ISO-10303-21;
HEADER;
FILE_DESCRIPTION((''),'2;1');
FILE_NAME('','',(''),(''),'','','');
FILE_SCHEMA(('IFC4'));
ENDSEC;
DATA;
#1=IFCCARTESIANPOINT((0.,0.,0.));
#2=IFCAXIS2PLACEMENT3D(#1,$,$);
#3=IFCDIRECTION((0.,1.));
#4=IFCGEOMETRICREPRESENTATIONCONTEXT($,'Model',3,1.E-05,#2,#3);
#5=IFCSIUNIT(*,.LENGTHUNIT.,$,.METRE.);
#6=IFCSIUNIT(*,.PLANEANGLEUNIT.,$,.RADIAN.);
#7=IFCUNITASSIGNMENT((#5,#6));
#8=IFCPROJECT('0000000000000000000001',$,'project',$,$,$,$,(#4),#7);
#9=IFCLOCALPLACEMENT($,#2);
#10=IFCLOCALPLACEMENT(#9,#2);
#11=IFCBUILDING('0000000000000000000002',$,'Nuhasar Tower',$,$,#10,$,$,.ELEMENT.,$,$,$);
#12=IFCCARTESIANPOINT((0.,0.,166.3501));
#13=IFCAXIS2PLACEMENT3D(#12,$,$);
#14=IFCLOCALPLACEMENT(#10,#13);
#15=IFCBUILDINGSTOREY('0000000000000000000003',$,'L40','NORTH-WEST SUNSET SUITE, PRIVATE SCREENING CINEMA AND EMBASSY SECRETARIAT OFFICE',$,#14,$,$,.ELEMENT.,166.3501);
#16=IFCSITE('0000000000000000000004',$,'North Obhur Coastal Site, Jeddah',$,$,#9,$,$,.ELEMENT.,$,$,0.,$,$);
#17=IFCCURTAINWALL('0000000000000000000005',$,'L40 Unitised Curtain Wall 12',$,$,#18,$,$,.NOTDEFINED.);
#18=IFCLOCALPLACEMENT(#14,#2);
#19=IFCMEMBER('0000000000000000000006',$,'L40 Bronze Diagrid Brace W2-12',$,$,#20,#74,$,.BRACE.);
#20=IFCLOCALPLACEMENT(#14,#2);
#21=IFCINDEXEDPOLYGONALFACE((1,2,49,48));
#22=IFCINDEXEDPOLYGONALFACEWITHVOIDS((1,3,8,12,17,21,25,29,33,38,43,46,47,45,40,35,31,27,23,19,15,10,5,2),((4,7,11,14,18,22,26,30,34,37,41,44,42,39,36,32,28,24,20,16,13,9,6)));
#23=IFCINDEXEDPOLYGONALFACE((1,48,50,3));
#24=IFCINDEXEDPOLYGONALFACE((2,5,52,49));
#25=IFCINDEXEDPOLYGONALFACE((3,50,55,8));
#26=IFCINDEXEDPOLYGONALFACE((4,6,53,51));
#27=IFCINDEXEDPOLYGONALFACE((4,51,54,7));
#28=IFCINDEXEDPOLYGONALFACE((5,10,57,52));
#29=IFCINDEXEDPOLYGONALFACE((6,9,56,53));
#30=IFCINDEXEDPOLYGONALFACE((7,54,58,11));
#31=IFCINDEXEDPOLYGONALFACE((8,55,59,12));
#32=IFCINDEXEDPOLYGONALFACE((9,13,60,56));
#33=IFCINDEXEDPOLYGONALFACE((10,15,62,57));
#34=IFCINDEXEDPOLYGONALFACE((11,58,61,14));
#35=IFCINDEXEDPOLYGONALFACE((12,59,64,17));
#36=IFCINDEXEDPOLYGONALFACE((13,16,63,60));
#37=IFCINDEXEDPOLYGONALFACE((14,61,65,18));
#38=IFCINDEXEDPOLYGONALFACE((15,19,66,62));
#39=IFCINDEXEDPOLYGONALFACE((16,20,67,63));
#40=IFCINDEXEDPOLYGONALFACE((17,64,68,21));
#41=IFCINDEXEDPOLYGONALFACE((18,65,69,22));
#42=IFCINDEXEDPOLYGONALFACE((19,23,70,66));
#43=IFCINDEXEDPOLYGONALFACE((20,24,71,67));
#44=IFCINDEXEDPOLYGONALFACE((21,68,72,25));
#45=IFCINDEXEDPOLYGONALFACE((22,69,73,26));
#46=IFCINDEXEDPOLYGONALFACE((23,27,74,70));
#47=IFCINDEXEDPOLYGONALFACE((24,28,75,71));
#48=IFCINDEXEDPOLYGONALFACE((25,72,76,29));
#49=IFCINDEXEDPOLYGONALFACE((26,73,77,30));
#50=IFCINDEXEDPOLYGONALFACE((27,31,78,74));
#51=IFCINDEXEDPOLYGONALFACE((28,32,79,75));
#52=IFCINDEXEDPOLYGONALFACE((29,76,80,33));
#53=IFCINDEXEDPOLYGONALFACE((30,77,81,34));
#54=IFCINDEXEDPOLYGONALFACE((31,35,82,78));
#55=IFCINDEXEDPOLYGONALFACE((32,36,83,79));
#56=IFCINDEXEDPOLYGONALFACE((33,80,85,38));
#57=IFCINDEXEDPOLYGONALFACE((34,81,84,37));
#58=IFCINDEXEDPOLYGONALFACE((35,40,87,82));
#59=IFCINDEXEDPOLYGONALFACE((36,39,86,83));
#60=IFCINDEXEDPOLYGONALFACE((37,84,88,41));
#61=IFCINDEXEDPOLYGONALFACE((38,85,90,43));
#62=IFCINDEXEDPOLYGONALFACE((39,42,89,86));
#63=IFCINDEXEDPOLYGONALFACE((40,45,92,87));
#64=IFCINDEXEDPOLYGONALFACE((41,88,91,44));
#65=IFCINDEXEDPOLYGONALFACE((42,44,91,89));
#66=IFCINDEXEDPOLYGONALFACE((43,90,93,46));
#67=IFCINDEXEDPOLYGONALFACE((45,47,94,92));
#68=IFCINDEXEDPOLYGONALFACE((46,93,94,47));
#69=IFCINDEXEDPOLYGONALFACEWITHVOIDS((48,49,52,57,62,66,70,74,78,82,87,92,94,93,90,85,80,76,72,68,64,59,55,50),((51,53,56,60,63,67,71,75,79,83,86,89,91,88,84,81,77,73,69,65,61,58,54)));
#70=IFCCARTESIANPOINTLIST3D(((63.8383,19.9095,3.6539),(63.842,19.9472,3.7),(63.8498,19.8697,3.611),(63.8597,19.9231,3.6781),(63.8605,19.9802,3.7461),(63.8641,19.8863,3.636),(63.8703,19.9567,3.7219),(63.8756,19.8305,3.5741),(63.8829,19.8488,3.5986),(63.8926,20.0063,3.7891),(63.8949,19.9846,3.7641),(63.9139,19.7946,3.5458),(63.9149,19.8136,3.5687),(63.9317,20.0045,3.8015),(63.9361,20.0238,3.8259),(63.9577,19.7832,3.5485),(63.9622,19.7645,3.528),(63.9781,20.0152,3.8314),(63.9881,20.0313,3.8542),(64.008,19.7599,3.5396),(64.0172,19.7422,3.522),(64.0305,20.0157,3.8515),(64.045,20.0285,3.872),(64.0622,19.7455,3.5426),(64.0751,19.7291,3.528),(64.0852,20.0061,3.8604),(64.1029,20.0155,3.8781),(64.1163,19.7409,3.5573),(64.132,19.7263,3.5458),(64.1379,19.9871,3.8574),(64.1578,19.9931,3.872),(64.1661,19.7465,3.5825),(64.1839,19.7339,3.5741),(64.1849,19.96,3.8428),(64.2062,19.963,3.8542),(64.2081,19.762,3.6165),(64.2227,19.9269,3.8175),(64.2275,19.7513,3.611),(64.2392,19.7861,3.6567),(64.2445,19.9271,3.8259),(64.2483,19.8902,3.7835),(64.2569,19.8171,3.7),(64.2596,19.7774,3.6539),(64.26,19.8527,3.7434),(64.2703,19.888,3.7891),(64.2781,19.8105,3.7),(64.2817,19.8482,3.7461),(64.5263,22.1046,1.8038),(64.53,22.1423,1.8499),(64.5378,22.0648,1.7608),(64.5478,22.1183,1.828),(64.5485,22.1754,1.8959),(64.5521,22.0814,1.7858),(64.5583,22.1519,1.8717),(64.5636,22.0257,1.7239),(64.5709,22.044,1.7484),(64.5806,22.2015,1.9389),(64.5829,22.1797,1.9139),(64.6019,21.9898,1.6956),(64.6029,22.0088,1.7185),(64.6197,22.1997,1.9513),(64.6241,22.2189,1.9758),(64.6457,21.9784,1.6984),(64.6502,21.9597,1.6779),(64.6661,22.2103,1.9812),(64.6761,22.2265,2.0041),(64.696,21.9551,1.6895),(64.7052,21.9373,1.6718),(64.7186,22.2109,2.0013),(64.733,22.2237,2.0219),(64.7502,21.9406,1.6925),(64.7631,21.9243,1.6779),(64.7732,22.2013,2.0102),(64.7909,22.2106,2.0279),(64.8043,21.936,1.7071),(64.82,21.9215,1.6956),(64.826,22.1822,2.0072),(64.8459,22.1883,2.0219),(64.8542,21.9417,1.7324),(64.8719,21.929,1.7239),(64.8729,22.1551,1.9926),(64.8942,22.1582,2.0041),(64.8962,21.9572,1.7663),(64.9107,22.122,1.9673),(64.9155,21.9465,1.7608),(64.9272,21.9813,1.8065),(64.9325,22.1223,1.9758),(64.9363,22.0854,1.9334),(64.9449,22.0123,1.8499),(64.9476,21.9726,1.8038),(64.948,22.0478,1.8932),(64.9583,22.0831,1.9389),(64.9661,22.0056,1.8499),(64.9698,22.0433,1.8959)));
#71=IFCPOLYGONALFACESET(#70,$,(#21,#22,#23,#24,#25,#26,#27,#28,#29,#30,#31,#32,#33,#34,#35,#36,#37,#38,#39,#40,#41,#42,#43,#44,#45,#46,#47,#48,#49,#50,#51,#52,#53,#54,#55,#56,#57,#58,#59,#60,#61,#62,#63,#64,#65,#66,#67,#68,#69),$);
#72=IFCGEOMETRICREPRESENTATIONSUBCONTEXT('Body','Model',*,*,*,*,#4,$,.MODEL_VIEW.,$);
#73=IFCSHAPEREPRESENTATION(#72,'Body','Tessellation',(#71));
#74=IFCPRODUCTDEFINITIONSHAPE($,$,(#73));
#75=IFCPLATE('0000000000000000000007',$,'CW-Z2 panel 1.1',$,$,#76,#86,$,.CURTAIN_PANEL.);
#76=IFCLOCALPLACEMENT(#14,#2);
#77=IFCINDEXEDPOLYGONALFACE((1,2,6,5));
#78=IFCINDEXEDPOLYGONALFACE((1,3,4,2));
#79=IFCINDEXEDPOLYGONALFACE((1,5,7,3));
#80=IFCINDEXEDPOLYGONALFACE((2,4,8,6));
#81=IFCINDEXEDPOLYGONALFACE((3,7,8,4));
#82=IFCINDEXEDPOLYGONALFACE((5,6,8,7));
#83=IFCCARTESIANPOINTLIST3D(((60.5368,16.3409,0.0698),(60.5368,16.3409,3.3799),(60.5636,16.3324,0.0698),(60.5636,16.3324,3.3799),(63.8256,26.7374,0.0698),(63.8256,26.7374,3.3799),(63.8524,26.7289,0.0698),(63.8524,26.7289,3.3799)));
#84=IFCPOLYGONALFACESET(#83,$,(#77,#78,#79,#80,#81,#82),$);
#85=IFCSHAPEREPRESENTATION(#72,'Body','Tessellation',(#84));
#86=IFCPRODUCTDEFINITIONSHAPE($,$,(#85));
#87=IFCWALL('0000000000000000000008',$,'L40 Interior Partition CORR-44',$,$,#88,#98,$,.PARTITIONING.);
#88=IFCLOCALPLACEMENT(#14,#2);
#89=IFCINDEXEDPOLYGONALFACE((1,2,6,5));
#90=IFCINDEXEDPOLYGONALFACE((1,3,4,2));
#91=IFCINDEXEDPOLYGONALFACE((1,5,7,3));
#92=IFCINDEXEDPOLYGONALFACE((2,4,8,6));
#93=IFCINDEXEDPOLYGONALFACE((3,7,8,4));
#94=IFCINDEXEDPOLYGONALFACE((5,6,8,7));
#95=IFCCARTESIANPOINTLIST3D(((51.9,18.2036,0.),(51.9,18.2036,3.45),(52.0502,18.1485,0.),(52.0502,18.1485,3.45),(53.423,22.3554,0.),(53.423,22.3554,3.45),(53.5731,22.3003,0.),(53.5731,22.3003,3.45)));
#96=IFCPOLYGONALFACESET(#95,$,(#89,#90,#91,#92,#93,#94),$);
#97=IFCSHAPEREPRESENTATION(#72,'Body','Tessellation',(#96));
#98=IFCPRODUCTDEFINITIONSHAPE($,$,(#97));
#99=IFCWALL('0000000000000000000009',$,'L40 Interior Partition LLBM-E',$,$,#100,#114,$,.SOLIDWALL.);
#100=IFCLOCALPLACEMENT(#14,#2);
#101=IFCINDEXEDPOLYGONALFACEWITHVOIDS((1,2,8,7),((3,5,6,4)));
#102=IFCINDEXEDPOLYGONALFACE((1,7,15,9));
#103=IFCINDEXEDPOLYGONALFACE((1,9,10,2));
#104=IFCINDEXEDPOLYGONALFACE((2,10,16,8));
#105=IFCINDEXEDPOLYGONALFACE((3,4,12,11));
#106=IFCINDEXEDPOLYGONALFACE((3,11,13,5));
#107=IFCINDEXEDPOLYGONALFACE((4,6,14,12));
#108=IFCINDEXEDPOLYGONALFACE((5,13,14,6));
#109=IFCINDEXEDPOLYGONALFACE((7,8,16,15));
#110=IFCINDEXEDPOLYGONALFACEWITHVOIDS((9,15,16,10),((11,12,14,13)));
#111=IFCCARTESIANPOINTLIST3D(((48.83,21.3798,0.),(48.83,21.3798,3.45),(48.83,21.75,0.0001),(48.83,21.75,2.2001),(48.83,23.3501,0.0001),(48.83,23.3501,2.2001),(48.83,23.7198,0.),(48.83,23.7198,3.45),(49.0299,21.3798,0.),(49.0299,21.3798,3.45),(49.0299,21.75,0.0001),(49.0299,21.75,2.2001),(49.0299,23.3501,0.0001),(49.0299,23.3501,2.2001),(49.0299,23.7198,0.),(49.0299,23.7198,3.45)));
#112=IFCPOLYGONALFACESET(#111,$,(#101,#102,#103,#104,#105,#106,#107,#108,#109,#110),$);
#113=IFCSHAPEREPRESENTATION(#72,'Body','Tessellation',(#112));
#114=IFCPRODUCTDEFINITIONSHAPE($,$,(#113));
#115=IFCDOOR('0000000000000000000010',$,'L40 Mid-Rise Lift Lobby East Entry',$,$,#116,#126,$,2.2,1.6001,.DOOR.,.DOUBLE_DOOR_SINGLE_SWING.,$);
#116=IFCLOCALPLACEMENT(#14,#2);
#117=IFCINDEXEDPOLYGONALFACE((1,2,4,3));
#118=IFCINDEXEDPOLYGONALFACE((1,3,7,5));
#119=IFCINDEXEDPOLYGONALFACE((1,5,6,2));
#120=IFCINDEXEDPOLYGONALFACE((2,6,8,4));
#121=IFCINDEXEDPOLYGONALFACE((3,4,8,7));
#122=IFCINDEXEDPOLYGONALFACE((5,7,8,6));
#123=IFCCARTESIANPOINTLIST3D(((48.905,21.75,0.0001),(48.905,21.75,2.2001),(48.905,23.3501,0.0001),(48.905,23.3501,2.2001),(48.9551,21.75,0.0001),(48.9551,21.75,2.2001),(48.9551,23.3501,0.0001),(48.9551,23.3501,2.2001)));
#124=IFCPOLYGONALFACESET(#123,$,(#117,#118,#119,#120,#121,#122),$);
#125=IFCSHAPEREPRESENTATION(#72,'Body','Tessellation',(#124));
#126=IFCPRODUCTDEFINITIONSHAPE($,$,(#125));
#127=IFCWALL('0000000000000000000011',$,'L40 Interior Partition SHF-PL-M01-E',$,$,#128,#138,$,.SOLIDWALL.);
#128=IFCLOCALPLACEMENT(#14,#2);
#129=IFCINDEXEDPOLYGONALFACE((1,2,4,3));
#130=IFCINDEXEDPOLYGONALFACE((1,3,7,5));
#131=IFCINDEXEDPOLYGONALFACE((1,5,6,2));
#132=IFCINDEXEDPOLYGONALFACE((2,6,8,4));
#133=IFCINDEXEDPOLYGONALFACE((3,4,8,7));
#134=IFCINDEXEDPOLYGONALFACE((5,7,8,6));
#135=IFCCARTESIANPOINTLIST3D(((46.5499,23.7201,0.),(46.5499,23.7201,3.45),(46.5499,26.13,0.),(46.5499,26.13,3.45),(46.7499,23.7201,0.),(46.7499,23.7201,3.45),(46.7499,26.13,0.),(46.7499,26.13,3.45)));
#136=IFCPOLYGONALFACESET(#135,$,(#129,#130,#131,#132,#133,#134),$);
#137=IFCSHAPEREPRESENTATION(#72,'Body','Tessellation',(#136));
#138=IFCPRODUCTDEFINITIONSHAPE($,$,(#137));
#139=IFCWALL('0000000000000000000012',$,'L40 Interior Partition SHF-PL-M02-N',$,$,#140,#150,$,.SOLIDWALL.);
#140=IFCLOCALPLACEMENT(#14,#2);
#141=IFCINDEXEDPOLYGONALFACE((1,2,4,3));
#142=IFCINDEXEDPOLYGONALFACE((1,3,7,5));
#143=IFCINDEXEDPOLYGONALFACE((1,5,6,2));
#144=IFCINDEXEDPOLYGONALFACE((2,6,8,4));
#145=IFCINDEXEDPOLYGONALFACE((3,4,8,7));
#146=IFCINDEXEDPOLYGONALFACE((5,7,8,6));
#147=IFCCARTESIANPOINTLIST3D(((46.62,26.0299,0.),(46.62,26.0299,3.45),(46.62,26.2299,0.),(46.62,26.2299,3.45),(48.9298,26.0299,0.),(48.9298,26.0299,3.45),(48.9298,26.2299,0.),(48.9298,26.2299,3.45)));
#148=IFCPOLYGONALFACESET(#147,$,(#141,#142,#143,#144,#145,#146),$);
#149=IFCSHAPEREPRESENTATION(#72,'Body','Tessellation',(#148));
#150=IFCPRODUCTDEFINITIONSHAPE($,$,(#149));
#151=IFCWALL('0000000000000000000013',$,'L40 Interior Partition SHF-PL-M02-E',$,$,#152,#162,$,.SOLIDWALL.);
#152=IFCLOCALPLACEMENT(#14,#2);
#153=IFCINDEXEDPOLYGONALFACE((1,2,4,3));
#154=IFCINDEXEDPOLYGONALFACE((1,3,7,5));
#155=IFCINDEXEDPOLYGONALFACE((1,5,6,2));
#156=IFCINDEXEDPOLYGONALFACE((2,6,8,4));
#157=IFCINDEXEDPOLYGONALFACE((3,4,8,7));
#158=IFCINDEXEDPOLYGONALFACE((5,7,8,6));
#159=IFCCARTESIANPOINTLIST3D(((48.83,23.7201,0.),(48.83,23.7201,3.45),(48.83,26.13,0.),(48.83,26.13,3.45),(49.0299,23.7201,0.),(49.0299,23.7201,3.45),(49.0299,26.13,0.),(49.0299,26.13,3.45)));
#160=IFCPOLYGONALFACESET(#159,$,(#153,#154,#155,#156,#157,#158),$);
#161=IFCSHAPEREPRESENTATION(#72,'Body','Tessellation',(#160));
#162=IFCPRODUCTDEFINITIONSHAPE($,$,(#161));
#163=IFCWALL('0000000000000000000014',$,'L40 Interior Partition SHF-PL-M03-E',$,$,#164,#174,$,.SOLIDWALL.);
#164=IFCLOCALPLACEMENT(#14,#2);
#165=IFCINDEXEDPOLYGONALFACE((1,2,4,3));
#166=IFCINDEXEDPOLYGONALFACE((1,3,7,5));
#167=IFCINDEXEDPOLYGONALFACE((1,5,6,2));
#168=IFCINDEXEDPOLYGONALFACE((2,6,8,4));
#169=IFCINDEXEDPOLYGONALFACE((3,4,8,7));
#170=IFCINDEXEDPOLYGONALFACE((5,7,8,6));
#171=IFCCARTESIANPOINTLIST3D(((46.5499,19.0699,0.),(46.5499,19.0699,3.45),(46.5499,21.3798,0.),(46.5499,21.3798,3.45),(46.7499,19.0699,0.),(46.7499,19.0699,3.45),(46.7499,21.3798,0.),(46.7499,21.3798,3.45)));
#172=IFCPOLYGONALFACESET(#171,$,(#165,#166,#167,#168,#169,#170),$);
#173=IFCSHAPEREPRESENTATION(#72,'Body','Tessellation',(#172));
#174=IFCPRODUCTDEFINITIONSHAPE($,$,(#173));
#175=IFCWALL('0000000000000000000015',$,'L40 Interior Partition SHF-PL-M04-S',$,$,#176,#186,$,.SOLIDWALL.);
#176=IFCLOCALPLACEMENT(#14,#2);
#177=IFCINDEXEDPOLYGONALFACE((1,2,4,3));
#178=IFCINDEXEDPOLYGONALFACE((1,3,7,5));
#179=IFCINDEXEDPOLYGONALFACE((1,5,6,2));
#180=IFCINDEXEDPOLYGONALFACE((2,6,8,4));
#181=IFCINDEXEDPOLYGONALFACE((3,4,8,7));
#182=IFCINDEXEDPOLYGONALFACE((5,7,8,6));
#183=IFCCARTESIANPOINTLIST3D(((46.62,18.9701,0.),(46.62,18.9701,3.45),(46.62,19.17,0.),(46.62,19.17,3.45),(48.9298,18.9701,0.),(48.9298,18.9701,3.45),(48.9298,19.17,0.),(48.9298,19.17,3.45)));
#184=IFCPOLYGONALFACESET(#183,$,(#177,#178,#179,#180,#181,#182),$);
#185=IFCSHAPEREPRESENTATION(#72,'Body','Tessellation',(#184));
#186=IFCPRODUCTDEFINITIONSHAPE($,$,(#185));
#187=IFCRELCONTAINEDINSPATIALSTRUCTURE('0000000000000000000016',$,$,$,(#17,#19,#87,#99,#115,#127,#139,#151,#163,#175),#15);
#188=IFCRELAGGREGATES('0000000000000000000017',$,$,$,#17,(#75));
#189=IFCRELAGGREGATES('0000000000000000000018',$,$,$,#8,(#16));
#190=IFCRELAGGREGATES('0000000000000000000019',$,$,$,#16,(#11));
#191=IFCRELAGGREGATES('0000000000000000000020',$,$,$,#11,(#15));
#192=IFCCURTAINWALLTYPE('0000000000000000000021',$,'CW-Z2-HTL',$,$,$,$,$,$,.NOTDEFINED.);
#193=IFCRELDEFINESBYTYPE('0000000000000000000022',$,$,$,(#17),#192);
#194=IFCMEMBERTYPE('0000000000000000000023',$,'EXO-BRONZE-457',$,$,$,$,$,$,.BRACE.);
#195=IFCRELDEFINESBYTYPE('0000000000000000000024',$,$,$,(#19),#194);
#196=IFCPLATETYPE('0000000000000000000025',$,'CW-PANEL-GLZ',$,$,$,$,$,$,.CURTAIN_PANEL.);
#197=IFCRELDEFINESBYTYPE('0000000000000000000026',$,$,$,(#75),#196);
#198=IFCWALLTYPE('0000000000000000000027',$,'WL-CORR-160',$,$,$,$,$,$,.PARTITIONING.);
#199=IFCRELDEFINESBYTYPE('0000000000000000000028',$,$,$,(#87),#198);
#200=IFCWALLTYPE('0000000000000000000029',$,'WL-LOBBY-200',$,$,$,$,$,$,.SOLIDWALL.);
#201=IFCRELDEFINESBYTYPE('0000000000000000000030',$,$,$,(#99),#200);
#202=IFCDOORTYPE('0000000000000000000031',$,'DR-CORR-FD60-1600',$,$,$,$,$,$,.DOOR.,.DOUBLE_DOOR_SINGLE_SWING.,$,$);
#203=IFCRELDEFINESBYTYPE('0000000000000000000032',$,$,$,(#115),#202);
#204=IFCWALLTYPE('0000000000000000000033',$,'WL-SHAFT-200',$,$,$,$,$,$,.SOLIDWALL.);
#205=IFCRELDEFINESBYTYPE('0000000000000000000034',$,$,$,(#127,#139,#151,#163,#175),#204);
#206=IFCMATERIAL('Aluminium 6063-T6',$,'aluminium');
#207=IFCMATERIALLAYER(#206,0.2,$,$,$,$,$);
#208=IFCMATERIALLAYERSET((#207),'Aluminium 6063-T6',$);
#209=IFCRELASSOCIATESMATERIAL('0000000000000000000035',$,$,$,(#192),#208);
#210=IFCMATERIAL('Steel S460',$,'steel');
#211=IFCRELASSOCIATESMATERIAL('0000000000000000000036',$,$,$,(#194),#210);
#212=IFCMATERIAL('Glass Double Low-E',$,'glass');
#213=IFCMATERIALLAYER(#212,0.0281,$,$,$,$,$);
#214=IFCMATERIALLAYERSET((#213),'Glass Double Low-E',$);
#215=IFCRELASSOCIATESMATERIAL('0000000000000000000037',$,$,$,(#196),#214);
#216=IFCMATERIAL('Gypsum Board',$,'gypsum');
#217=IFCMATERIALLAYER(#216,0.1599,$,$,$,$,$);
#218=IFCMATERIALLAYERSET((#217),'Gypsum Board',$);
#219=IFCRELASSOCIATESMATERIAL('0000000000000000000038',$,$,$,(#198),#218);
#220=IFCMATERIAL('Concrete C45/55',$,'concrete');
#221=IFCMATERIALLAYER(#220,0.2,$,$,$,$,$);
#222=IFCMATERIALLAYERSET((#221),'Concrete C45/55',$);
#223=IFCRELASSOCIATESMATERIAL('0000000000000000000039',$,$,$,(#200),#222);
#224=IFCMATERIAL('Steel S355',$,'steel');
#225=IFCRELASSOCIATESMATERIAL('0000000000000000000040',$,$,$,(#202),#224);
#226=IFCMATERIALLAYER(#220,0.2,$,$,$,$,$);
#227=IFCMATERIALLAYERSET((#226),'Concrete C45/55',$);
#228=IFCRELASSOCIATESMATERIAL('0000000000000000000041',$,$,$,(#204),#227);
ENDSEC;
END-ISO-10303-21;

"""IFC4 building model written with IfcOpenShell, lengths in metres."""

from ifc_helpers import new_model, si_unit, direction, frame, frame_2d, origin, origin_2d, place, context, subcontext, project, spatial, rectangle, hollow_circle, extrude, material, layer, layer_set, material_profile, profile_set, type_object, element, fill, aggregate, save


model = new_model("IFC4")

# Units and contexts
model_context = context("Model", 3, precision=1e-05, world=origin(), true_north=direction((0.0, 1.0)))
body_context = subcontext(model_context, "Body", "Model", "MODEL_VIEW")
ifc_project = project(units=[si_unit("LENGTHUNIT", "METRE"), si_unit("PLANEANGLEUNIT", "RADIAN")], contexts=[model_context])

# Site, building, storey
site_placement = place(None, origin())
site = spatial("IfcSite", under=ifc_project, at=site_placement, Name="North Obhur Coastal Site, Jeddah", CompositionType="ELEMENT", RefElevation=0.0)
building_placement = place(site_placement, origin())
building = spatial("IfcBuilding", under=site, at=building_placement, Name="Nuhasar Tower", CompositionType="ELEMENT")
storey_placement = place(building_placement, frame((0.0, 0.0, 166.3501)))
storey = spatial("IfcBuildingStorey", under=building, at=storey_placement, Name="L40", Description="NORTH-WEST SUNSET SUITE, PRIVATE SCREENING CINEMA AND EMBASSY SECRETARIAT OFFICE", CompositionType="ELEMENT", Elevation=166.3501)

# Shared definitions
ifc_material_1 = material(Name="Steel S355", Category="steel")

# Curtain wall
ifc_material_2 = material(Name="Aluminium 6063-T6", Category="aluminium")
ifc_layer_1 = layer(ifc_material_2, 0.2)
ifc_layer_set_1 = layer_set([ifc_layer_1], Name="Aluminium 6063-T6")
curtain_wall_type = type_object("IfcCurtainWallType", Name="CW-Z2-HTL", PredefinedType="NOTDEFINED", material=ifc_layer_set_1)
curtain_wall_placement = place(storey_placement, origin())
curtain_wall = element("IfcCurtainWall", 1, at=curtain_wall_placement, inside=storey, type_object=curtain_wall_type, Name="L40 Unitised Curtain Wall 12", PredefinedType="NOTDEFINED")

# Member
ifc_material_3 = material(Name="Steel S460", Category="steel")
ifc_material_profile_1 = material_profile(ifc_material_3, hollow_circle(Radius=0.2285, WallThickness=0.0222, at=origin_2d()), Name="HSS457X22.2")
ifc_profile_set_1 = profile_set([ifc_material_profile_1], Name="Steel S460")
member_type_1 = type_object("IfcMemberType", Name="EXO-BRONZE-457", PredefinedType="BRACE", material=ifc_profile_set_1)
member_1_placement = place(storey_placement, frame((64.748, 22.074, 1.8499), z_axis=(-0.233056, -0.743578, 0.626719), x_axis=(0.954228, -0.299079, 0.0)))
element("IfcMember", 2, at=member_1_placement, inside=storey, type_object=member_type_1, Name="L40 Bronze Diagrid Brace W2-12", PredefinedType="BRACE", context=body_context, shape_type="SweptSolid", body=[
    extrude(hollow_circle(Radius=0.2285, WallThickness=0.0222, at=origin_2d()), origin(), (0.0, 0.0, 1.0), 2.9521),
])

# Plate
ifc_material_4 = material(Name="Glass Double Low-E", Category="glass")
ifc_layer_2 = layer(ifc_material_4, 0.0281)
ifc_layer_set_2 = layer_set([ifc_layer_2], Name="Glass Double Low-E")
plate_type = type_object("IfcPlateType", Name="CW-PANEL-GLZ", PredefinedType="CURTAIN_PANEL", material=ifc_layer_set_2)
plate_placement = place(storey_placement, frame((62.1946, 21.5349, 0.0698), z_axis=(0.0, 0.0, 1.0), x_axis=(0.301604, 0.953433, 0.0)))
plate = element("IfcPlate", 3, at=plate_placement, type_object=plate_type, Name="CW-Z2 panel 1.1", PredefinedType="CURTAIN_PANEL", context=body_context, shape_type="SweptSolid", body=[
    extrude(rectangle(XDim=10.9043, YDim=0.0281, at=origin_2d()), origin(), (0.0, 0.0, 1.0), 3.3101),
])
aggregate(curtain_wall, [plate])

# Wall
ifc_material_5 = material(Name="Gypsum Board", Category="gypsum")
ifc_layer_3 = layer(ifc_material_5, 0.1599)
ifc_layer_set_3 = layer_set([ifc_layer_3], Name="Gypsum Board")
wall_type_1 = type_object("IfcWallType", Name="WL-CORR-160", PredefinedType="PARTITIONING", material=ifc_layer_set_3)
wall_1_placement = place(storey_placement, frame((51.9751, 18.176, 0.0), z_axis=(0.0, 0.0, 1.0), x_axis=(0.344375, 0.938832, 0.0)))
element("IfcWall", 4, at=wall_1_placement, inside=storey, type_object=wall_type_1, Name="L40 Interior Partition CORR-44", PredefinedType="PARTITIONING", context=body_context, shape_type="SweptSolid", body=[
    extrude(rectangle(XDim=4.4224, YDim=0.1599, at=frame_2d((2.2112, 0.0))), origin(), (0.0, 0.0, 1.0), 3.45),
])

# Wall, opening, door
ifc_material_6 = material(Name="Concrete C45/55", Category="concrete")
ifc_layer_4 = layer(ifc_material_6, 0.2)
ifc_layer_set_4 = layer_set([ifc_layer_4], Name="Concrete C45/55")
wall_type_2 = type_object("IfcWallType", Name="WL-LOBBY-200", PredefinedType="SOLIDWALL", material=ifc_layer_set_4)
wall_2_placement = place(storey_placement, frame((48.9299, 21.3799, 0.0), z_axis=(0.0, 0.0, 1.0), x_axis=(0.0, 1.0, 0.0)))
wall_2 = element("IfcWall", 5, at=wall_2_placement, inside=storey, type_object=wall_type_2, Name="L40 Interior Partition LLBM-E", PredefinedType="SOLIDWALL", context=body_context, shape_type="SweptSolid", body=[
    extrude(rectangle(XDim=2.3401, YDim=0.2, at=frame_2d((1.1699, 0.0))), origin(), (0.0, 0.0, 1.0), 3.45),
])
opening_1_placement = place(wall_2_placement, frame((0.3701, 0.0, 0.0)))
opening_1 = element("IfcOpeningElement", 6, at=opening_1_placement, cuts=wall_2, PredefinedType="OPENING", context=body_context, shape_type="SweptSolid", body=[
    extrude(rectangle(XDim=1.6001, YDim=2.2, at=frame_2d((0.8, 1.1001))), frame((0.0, 0.1099, 0.0), z_axis=(0.0, -1.0, 0.0), x_axis=(1.0, 0.0, 0.0)), (0.0, 0.0, 1.0), 0.22),
])
door_type_1 = type_object("IfcDoorType", Name="DR-CORR-FD60-1600", OperationType="DOUBLE_DOOR_SINGLE_SWING", PredefinedType="DOOR", material=ifc_material_1)
door_1_placement = place(opening_1_placement, origin())
door_1 = element("IfcDoor", 7, at=door_1_placement, inside=storey, type_object=door_type_1, Name="L40 Mid-Rise Lift Lobby East Entry", OperationType="DOUBLE_DOOR_SINGLE_SWING", OverallHeight=2.2, OverallWidth=1.6001, PredefinedType="DOOR", context=body_context, shape_type="SweptSolid", body=[
    extrude(rectangle(XDim=1.6001, YDim=2.2, at=frame_2d((0.8, 1.1001))), frame((0.0, 0.0249, 0.0), z_axis=(0.0, -1.0, 0.0), x_axis=(1.0, 0.0, 0.0)), (0.0, 0.0, 1.0), 0.05),
])
fill(opening_1, door_1)

# Wall
ifc_layer_5 = layer(ifc_material_6, 0.2)
ifc_layer_set_5 = layer_set([ifc_layer_5], Name="Concrete C45/55")
wall_type_3 = type_object("IfcWallType", Name="WL-SHAFT-200", PredefinedType="SOLIDWALL", material=ifc_layer_set_5)
wall_3_placement = place(storey_placement, frame((46.6499, 23.72, 0.0), z_axis=(0.0, 0.0, 1.0), x_axis=(0.0, 1.0, 0.0)))
element("IfcWall", 8, at=wall_3_placement, inside=storey, type_object=wall_type_3, Name="L40 Interior Partition SHF-PL-M01-E", PredefinedType="SOLIDWALL", context=body_context, shape_type="SweptSolid", body=[
    extrude(rectangle(XDim=2.4099, YDim=0.2, at=frame_2d((1.2051, 0.0))), origin(), (0.0, 0.0, 1.0), 3.45),
])

# Walls
wall_4_placement = place(storey_placement, frame((46.6201, 26.1299, 0.0), z_axis=(0.0, 0.0, 1.0), x_axis=(1.0, 0.0, 0.0)))
element("IfcWall", 9, at=wall_4_placement, inside=storey, type_object=wall_type_3, Name="L40 Interior Partition SHF-PL-M02-N", PredefinedType="SOLIDWALL", context=body_context, shape_type="SweptSolid", body=[
    extrude(rectangle(XDim=2.3098, YDim=0.2, at=frame_2d((1.1548, 0.0))), origin(), (0.0, 0.0, 1.0), 3.45),
])
wall_5_placement = place(storey_placement, frame((48.9299, 23.72, 0.0), z_axis=(0.0, 0.0, 1.0), x_axis=(0.0, 1.0, 0.0)))
element("IfcWall", 10, at=wall_5_placement, inside=storey, type_object=wall_type_3, Name="L40 Interior Partition SHF-PL-M02-E", PredefinedType="SOLIDWALL", context=body_context, shape_type="SweptSolid", body=[
    extrude(rectangle(XDim=2.4099, YDim=0.2, at=frame_2d((1.2051, 0.0))), origin(), (0.0, 0.0, 1.0), 3.45),
])
for number, where, z_axis, x_axis, name in (
    (11, (46.6499, 19.0701, 0.0), (0.0, 0.0, 1.0), (0.0, 1.0, 0.0), "L40 Interior Partition SHF-PL-M03-E"),
    (12, (46.6201, 19.0701, 0.0), (0.0, 0.0, 1.0), (1.0, 0.0, 0.0), "L40 Interior Partition SHF-PL-M04-S"),
):
    element("IfcWall", number, at=place(storey_placement, frame(where, z_axis=z_axis, x_axis=x_axis)), inside=storey, type_object=wall_type_3, Name=name, PredefinedType="SOLIDWALL", context=body_context, shape_type="SweptSolid", body=[
        extrude(rectangle(XDim=2.3098, YDim=0.2, at=frame_2d((1.1548, 0.0))), origin(), (0.0, 0.0, 1.0), 3.45),
    ])

save(model, "model.ifc")
